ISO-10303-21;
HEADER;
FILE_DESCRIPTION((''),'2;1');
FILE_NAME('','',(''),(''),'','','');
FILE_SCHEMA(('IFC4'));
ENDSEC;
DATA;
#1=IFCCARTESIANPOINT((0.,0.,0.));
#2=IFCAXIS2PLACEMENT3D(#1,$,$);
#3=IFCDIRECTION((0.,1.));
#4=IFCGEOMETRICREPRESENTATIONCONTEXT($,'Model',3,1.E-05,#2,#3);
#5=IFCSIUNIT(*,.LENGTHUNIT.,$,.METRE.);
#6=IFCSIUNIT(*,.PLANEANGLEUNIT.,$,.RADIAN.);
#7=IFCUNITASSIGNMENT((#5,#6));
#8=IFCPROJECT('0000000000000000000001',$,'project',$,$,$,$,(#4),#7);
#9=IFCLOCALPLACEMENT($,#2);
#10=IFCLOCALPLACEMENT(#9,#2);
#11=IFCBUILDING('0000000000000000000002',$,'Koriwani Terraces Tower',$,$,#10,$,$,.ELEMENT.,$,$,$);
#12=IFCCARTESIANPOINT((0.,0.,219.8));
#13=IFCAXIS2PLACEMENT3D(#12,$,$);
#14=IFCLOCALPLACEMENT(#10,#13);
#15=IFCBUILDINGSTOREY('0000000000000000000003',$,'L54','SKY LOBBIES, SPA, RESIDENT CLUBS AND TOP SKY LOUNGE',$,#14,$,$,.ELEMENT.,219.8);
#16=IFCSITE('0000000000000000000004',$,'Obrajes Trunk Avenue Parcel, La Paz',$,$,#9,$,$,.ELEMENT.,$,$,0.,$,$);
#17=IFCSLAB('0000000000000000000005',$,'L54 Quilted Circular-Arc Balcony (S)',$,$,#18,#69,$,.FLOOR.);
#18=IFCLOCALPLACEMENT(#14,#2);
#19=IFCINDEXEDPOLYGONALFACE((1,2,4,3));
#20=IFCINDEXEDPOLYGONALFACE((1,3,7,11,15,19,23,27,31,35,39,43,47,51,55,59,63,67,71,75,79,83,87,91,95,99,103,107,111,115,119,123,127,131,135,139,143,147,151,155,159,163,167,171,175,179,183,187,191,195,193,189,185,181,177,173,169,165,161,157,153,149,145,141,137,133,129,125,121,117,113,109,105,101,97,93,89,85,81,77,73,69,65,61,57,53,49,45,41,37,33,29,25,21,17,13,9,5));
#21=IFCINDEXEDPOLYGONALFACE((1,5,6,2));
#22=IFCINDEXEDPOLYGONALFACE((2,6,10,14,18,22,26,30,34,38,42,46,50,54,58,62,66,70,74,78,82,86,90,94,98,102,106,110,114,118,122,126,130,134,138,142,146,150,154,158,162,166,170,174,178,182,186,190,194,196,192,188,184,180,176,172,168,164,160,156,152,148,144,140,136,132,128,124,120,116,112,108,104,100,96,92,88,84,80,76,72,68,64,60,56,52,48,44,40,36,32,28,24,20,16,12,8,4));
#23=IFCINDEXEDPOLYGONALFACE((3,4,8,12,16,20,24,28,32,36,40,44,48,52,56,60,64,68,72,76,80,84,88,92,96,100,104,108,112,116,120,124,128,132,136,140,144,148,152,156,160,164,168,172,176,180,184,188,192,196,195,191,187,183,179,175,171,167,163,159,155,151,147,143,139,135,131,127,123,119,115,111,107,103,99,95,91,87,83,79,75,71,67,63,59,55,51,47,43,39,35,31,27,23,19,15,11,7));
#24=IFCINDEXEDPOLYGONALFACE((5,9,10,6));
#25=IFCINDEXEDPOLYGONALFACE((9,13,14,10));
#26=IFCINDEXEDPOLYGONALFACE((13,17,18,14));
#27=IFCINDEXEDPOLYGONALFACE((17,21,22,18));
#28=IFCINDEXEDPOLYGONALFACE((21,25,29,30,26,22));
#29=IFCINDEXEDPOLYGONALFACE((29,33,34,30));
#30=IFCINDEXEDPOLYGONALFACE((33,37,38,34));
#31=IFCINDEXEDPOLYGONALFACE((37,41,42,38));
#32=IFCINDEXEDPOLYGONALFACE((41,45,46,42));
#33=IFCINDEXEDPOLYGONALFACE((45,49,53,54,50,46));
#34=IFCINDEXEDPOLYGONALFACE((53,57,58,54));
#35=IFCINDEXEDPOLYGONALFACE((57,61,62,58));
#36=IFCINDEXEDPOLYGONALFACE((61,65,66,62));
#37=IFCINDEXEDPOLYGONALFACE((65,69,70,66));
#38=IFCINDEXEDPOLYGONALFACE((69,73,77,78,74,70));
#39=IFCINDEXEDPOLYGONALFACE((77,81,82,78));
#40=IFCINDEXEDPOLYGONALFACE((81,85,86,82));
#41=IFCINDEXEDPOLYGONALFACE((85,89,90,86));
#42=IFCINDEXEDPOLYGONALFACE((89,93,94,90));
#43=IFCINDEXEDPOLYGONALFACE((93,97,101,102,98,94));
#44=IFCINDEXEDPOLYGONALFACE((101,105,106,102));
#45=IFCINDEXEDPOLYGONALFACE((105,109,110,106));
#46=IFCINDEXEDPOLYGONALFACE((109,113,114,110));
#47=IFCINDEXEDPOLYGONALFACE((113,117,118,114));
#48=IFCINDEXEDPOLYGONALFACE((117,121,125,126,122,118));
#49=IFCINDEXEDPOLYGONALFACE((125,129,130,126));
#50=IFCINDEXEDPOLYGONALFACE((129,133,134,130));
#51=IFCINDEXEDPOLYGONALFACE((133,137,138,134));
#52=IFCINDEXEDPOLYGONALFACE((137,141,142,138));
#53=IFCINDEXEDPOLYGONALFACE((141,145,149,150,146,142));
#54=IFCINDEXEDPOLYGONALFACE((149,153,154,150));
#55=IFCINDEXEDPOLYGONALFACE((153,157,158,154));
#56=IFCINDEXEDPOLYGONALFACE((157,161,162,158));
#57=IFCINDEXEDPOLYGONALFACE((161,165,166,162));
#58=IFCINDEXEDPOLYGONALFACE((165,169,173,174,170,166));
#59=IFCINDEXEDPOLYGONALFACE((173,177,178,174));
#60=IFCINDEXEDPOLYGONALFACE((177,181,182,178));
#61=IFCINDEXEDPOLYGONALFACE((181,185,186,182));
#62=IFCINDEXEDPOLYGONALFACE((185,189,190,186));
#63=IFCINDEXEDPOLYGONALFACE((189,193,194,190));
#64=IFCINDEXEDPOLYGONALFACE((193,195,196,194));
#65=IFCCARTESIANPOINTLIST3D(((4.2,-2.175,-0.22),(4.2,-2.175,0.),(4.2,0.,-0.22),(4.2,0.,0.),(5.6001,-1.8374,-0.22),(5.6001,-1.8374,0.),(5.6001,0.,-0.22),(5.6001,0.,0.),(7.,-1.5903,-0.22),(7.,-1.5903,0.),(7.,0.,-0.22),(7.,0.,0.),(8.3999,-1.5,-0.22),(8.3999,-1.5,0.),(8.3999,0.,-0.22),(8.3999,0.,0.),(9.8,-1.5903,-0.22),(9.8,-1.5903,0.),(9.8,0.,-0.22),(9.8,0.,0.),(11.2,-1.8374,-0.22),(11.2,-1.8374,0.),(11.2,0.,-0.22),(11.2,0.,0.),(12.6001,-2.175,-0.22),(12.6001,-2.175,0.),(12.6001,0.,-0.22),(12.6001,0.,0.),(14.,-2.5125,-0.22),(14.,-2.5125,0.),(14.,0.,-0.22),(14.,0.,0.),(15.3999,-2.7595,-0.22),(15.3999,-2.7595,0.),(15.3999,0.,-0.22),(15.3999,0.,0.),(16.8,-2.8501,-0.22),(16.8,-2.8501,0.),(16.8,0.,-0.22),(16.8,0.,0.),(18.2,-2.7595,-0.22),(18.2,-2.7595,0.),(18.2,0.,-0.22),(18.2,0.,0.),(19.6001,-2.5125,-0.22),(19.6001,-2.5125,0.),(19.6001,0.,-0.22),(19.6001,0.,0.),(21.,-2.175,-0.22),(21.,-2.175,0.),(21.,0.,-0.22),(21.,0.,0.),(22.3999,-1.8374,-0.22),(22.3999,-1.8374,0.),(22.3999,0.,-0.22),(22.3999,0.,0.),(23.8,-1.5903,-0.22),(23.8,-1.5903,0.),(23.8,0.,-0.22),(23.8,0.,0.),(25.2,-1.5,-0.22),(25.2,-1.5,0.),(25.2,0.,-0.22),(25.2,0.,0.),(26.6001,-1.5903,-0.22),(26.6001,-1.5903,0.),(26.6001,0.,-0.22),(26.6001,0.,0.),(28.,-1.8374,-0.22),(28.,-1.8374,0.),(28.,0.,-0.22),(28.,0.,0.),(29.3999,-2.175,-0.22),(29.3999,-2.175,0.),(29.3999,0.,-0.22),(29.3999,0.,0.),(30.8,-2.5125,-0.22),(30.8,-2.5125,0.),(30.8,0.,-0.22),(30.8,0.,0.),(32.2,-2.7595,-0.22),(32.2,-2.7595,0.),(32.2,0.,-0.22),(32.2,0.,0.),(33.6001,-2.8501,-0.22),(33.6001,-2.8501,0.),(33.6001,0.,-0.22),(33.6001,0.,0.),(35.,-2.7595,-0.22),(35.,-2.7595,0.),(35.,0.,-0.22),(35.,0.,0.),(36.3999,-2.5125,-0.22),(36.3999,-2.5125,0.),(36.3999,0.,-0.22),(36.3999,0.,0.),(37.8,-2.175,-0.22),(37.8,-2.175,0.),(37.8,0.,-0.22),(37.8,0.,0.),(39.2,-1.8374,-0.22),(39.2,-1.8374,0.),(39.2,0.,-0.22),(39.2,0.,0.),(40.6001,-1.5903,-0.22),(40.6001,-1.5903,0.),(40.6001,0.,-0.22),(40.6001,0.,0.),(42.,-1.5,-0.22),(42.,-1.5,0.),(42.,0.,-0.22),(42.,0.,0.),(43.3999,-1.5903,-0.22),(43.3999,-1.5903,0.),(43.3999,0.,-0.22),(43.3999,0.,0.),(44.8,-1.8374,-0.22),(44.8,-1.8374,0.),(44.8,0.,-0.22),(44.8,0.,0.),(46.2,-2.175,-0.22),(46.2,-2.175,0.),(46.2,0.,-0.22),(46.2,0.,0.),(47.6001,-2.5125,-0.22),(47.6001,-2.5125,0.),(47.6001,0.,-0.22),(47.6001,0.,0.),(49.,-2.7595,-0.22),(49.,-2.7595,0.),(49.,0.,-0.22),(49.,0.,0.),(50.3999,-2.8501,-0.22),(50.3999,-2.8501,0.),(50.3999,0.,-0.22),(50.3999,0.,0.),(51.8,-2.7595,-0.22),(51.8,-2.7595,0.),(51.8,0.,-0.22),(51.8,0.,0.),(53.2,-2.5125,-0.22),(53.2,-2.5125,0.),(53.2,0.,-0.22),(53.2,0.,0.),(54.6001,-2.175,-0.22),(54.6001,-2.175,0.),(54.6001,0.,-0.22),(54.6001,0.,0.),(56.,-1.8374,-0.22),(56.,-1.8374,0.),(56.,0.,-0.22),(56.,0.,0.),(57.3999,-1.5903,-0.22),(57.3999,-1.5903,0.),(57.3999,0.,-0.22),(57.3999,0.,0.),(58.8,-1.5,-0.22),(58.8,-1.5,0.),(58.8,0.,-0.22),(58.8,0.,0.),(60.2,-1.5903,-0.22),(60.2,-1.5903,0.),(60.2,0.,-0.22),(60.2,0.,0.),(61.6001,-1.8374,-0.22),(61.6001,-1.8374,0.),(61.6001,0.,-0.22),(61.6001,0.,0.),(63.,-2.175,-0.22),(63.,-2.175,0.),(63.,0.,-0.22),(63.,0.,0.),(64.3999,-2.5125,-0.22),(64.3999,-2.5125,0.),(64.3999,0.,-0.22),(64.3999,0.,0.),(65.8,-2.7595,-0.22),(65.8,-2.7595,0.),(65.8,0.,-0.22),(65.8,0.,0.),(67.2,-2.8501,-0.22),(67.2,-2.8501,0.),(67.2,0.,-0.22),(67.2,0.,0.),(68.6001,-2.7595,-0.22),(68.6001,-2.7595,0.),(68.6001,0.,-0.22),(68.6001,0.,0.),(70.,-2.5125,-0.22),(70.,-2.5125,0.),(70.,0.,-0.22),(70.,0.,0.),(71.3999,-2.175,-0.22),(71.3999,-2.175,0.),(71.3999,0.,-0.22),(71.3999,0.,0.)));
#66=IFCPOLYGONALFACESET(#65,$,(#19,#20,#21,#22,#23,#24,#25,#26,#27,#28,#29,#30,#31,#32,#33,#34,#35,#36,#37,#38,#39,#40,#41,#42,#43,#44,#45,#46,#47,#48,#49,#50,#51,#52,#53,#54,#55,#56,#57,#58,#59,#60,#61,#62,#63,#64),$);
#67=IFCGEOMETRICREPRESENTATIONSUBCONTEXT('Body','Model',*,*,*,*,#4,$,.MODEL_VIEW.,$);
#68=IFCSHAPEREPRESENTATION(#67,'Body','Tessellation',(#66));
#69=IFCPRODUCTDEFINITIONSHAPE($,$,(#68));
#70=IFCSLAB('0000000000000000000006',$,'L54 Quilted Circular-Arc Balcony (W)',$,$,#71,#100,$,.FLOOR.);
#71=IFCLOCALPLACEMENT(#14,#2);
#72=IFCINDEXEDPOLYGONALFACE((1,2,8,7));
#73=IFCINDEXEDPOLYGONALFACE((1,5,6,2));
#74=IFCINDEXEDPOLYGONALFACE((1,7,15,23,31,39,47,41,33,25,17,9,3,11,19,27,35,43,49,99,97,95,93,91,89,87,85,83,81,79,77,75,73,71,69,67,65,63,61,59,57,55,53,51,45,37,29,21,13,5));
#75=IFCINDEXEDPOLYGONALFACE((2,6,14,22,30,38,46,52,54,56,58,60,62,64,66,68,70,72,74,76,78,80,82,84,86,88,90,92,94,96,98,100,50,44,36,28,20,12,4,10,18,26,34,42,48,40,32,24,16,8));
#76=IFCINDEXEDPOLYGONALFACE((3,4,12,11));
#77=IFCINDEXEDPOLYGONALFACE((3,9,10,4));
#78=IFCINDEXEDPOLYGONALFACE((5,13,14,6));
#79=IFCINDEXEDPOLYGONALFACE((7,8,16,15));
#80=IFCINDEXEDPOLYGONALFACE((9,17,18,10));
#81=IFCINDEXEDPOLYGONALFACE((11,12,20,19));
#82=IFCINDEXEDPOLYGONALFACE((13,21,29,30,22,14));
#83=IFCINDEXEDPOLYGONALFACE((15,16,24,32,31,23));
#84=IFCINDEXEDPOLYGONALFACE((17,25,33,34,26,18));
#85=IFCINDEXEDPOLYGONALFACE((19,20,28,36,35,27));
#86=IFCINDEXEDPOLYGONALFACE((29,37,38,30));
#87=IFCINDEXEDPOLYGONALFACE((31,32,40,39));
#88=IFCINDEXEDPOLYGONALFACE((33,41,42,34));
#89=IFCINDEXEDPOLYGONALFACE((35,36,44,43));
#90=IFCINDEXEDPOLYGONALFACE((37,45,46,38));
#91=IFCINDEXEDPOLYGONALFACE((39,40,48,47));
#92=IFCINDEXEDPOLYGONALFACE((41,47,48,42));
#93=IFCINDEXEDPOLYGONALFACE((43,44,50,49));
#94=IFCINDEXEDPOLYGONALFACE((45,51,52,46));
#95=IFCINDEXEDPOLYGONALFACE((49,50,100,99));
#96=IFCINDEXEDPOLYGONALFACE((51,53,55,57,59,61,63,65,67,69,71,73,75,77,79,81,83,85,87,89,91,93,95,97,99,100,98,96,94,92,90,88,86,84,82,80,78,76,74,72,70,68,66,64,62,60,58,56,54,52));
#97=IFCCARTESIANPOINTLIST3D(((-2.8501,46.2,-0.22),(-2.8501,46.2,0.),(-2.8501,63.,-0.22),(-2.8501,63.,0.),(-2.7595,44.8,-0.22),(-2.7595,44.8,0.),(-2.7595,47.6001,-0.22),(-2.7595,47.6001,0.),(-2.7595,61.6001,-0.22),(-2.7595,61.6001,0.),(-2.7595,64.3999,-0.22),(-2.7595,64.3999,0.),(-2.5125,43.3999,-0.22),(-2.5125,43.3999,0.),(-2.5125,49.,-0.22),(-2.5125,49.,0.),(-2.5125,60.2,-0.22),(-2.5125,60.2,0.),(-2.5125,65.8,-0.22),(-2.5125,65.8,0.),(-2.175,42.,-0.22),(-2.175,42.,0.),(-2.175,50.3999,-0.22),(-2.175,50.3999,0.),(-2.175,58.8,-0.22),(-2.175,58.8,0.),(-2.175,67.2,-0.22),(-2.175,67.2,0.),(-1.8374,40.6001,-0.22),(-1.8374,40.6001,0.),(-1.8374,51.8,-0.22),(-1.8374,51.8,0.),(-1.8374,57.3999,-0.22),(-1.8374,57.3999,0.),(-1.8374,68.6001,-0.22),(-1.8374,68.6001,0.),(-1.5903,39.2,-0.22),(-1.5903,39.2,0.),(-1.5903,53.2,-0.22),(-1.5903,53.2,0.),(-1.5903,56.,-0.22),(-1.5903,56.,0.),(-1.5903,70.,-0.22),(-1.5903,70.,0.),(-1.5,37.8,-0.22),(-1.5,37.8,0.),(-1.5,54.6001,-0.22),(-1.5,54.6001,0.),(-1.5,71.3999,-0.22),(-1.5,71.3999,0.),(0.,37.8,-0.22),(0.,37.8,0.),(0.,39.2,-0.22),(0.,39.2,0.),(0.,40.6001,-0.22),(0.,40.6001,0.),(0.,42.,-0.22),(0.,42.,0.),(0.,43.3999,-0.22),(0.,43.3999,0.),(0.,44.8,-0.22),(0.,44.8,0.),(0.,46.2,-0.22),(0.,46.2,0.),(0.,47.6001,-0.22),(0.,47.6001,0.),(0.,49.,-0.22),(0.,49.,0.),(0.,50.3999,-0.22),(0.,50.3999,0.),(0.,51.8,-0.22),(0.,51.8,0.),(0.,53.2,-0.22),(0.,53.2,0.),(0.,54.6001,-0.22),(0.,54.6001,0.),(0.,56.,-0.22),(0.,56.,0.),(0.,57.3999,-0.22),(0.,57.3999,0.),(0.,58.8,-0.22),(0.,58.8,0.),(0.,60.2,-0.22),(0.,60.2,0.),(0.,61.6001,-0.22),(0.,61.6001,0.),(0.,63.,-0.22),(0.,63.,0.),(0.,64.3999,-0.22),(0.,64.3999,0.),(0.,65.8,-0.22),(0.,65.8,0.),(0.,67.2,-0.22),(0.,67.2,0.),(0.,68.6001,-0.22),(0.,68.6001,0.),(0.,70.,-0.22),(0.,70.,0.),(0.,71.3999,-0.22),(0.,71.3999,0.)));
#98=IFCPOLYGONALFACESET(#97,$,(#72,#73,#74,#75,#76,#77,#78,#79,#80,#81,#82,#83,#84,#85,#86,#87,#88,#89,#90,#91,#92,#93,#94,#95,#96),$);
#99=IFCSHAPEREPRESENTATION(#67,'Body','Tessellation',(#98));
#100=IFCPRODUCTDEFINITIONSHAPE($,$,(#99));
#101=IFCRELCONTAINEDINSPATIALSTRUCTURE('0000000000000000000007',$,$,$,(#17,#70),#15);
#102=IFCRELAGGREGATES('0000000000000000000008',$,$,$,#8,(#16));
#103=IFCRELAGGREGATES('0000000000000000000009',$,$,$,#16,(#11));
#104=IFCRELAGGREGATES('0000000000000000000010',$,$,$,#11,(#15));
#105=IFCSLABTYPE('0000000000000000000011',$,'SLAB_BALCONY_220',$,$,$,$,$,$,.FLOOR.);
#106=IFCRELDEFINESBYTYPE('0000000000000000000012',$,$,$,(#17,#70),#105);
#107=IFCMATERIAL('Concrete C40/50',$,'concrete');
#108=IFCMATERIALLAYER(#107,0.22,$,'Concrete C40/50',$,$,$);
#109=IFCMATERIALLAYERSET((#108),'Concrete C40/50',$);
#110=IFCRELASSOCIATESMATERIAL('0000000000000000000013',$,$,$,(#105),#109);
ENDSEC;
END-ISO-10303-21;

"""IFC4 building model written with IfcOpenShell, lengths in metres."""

from ifc_helpers import new_model, si_unit, direction, frame, origin, place, context, subcontext, project, spatial, polyline, outline, extrude, material, layer, layer_set, type_object, element, save


model = new_model("IFC4")

# Units and contexts
model_context = context("Model", 3, precision=1e-05, world=origin(), true_north=direction((0.0, 1.0)))
body_context = subcontext(model_context, "Body", "Model", "MODEL_VIEW")
ifc_project = project(units=[si_unit("LENGTHUNIT", "METRE"), si_unit("PLANEANGLEUNIT", "RADIAN")], contexts=[model_context])

# Site, building, storey
site_placement = place(None, origin())
site = spatial("IfcSite", under=ifc_project, at=site_placement, Name="Obrajes Trunk Avenue Parcel, La Paz", CompositionType="ELEMENT", RefElevation=0.0)
building_placement = place(site_placement, origin())
building = spatial("IfcBuilding", under=site, at=building_placement, Name="Koriwani Terraces Tower", CompositionType="ELEMENT")
storey_placement = place(building_placement, frame((0.0, 0.0, 219.8)))
storey = spatial("IfcBuildingStorey", under=building, at=storey_placement, Name="L54", Description="SKY LOBBIES, SPA, RESIDENT CLUBS AND TOP SKY LOUNGE", CompositionType="ELEMENT", Elevation=219.8)

# Shared definitions
ifc_material_1 = material(Name="Concrete C40/50", Category="concrete")

# Slabs
ifc_layer_1 = layer(ifc_material_1, 0.22, Name="Concrete C40/50")
ifc_layer_set_1 = layer_set([ifc_layer_1], Name="Concrete C40/50")
slab_type_1 = type_object("IfcSlabType", Name="SLAB_BALCONY_220", PredefinedType="FLOOR", material=ifc_layer_set_1)
slab_1_placement = place(storey_placement, frame((0.0, 0.0, -0.22)))
element("IfcSlab", 1, at=slab_1_placement, inside=storey, type_object=slab_type_1, Name="L54 Quilted Circular-Arc Balcony (S)", PredefinedType="FLOOR", context=body_context, shape_type="SweptSolid", body=[
    extrude(outline(polyline([(4.2, 0.0), (5.6001, 0.0), (7.0, 0.0), (8.3999, 0.0), (9.8, 0.0), (11.2, 0.0), (12.6001, 0.0), (14.0, 0.0), (15.3999, 0.0), (16.8, 0.0), (18.2, 0.0), (19.6001, 0.0), (21.0, 0.0), (22.3999, 0.0), (23.8, 0.0), (25.2, 0.0), (26.6001, 0.0), (28.0, 0.0), (29.3999, 0.0), (30.8, 0.0), (32.2, 0.0), (33.6001, 0.0), (35.0, 0.0), (36.3999, 0.0), (37.8, 0.0), (39.2, 0.0), (40.6001, 0.0), (42.0, 0.0), (43.3999, 0.0), (44.8, 0.0), (46.2, 0.0), (47.6001, 0.0), (49.0, 0.0), (50.3999, 0.0), (51.8, 0.0), (53.2, 0.0), (54.6001, 0.0), (56.0, 0.0), (57.3999, 0.0), (58.8, 0.0), (60.2, 0.0), (61.6001, 0.0), (63.0, 0.0), (64.3999, 0.0), (65.8, 0.0), (67.2, 0.0), (68.6001, 0.0), (70.0, 0.0), (71.3999, 0.0), (71.3999, -2.175), (70.0, -2.5125), (68.6001, -2.7595), (67.2, -2.8501), (65.8, -2.7595), (64.3999, -2.5125), (63.0, -2.175), (61.6001, -1.8374), (60.2, -1.5903), (58.8, -1.5), (57.3999, -1.5903), (56.0, -1.8374), (54.6001, -2.175), (53.2, -2.5125), (51.8, -2.7595), (50.3999, -2.8501), (49.0, -2.7595), (47.6001, -2.5125), (46.2, -2.175), (44.8, -1.8374), (43.3999, -1.5903), (42.0, -1.5), (40.6001, -1.5903), (39.2, -1.8374), (37.8, -2.175), (36.3999, -2.5125), (35.0, -2.7595), (33.6001, -2.8501), (32.2, -2.7595), (30.8, -2.5125), (29.3999, -2.175), (28.0, -1.8374), (26.6001, -1.5903), (25.2, -1.5), (23.8, -1.5903), (22.3999, -1.8374), (21.0, -2.175), (19.6001, -2.5125), (18.2, -2.7595), (16.8, -2.8501), (15.3999, -2.7595), (14.0, -2.5125), (12.6001, -2.175), (11.2, -1.8374), (9.8, -1.5903), (8.3999, -1.5), (7.0, -1.5903), (5.6001, -1.8374), (4.2, -2.175), (4.2, 0.0)])), origin(), (0.0, 0.0, 1.0), 0.22),
])
slab_2_placement = place(storey_placement, frame((0.0, 0.0, -0.22)))
element("IfcSlab", 2, at=slab_2_placement, inside=storey, type_object=slab_type_1, Name="L54 Quilted Circular-Arc Balcony (W)", PredefinedType="FLOOR", context=body_context, shape_type="SweptSolid", body=[
    extrude(outline(polyline([(0.0, 37.8), (0.0, 39.2), (0.0, 40.6001), (0.0, 42.0), (0.0, 43.3999), (0.0, 44.8), (0.0, 46.2), (0.0, 47.6001), (0.0, 49.0), (0.0, 50.3999), (0.0, 51.8), (0.0, 53.2), (0.0, 54.6001), (0.0, 56.0), (0.0, 57.3999), (0.0, 58.8), (0.0, 60.2), (0.0, 61.6001), (0.0, 63.0), (0.0, 64.3999), (0.0, 65.8), (0.0, 67.2), (0.0, 68.6001), (0.0, 70.0), (0.0, 71.3999), (-1.5, 71.3999), (-1.5903, 70.0), (-1.8374, 68.6001), (-2.175, 67.2), (-2.5125, 65.8), (-2.7595, 64.3999), (-2.8501, 63.0), (-2.7595, 61.6001), (-2.5125, 60.2), (-2.175, 58.8), (-1.8374, 57.3999), (-1.5903, 56.0), (-1.5, 54.6001), (-1.5903, 53.2), (-1.8374, 51.8), (-2.175, 50.3999), (-2.5125, 49.0), (-2.7595, 47.6001), (-2.8501, 46.2), (-2.7595, 44.8), (-2.5125, 43.3999), (-2.175, 42.0), (-1.8374, 40.6001), (-1.5903, 39.2), (-1.5, 37.8), (0.0, 37.8)])), origin(), (0.0, 0.0, 1.0), 0.22),
])

save(model, "model.ifc")
